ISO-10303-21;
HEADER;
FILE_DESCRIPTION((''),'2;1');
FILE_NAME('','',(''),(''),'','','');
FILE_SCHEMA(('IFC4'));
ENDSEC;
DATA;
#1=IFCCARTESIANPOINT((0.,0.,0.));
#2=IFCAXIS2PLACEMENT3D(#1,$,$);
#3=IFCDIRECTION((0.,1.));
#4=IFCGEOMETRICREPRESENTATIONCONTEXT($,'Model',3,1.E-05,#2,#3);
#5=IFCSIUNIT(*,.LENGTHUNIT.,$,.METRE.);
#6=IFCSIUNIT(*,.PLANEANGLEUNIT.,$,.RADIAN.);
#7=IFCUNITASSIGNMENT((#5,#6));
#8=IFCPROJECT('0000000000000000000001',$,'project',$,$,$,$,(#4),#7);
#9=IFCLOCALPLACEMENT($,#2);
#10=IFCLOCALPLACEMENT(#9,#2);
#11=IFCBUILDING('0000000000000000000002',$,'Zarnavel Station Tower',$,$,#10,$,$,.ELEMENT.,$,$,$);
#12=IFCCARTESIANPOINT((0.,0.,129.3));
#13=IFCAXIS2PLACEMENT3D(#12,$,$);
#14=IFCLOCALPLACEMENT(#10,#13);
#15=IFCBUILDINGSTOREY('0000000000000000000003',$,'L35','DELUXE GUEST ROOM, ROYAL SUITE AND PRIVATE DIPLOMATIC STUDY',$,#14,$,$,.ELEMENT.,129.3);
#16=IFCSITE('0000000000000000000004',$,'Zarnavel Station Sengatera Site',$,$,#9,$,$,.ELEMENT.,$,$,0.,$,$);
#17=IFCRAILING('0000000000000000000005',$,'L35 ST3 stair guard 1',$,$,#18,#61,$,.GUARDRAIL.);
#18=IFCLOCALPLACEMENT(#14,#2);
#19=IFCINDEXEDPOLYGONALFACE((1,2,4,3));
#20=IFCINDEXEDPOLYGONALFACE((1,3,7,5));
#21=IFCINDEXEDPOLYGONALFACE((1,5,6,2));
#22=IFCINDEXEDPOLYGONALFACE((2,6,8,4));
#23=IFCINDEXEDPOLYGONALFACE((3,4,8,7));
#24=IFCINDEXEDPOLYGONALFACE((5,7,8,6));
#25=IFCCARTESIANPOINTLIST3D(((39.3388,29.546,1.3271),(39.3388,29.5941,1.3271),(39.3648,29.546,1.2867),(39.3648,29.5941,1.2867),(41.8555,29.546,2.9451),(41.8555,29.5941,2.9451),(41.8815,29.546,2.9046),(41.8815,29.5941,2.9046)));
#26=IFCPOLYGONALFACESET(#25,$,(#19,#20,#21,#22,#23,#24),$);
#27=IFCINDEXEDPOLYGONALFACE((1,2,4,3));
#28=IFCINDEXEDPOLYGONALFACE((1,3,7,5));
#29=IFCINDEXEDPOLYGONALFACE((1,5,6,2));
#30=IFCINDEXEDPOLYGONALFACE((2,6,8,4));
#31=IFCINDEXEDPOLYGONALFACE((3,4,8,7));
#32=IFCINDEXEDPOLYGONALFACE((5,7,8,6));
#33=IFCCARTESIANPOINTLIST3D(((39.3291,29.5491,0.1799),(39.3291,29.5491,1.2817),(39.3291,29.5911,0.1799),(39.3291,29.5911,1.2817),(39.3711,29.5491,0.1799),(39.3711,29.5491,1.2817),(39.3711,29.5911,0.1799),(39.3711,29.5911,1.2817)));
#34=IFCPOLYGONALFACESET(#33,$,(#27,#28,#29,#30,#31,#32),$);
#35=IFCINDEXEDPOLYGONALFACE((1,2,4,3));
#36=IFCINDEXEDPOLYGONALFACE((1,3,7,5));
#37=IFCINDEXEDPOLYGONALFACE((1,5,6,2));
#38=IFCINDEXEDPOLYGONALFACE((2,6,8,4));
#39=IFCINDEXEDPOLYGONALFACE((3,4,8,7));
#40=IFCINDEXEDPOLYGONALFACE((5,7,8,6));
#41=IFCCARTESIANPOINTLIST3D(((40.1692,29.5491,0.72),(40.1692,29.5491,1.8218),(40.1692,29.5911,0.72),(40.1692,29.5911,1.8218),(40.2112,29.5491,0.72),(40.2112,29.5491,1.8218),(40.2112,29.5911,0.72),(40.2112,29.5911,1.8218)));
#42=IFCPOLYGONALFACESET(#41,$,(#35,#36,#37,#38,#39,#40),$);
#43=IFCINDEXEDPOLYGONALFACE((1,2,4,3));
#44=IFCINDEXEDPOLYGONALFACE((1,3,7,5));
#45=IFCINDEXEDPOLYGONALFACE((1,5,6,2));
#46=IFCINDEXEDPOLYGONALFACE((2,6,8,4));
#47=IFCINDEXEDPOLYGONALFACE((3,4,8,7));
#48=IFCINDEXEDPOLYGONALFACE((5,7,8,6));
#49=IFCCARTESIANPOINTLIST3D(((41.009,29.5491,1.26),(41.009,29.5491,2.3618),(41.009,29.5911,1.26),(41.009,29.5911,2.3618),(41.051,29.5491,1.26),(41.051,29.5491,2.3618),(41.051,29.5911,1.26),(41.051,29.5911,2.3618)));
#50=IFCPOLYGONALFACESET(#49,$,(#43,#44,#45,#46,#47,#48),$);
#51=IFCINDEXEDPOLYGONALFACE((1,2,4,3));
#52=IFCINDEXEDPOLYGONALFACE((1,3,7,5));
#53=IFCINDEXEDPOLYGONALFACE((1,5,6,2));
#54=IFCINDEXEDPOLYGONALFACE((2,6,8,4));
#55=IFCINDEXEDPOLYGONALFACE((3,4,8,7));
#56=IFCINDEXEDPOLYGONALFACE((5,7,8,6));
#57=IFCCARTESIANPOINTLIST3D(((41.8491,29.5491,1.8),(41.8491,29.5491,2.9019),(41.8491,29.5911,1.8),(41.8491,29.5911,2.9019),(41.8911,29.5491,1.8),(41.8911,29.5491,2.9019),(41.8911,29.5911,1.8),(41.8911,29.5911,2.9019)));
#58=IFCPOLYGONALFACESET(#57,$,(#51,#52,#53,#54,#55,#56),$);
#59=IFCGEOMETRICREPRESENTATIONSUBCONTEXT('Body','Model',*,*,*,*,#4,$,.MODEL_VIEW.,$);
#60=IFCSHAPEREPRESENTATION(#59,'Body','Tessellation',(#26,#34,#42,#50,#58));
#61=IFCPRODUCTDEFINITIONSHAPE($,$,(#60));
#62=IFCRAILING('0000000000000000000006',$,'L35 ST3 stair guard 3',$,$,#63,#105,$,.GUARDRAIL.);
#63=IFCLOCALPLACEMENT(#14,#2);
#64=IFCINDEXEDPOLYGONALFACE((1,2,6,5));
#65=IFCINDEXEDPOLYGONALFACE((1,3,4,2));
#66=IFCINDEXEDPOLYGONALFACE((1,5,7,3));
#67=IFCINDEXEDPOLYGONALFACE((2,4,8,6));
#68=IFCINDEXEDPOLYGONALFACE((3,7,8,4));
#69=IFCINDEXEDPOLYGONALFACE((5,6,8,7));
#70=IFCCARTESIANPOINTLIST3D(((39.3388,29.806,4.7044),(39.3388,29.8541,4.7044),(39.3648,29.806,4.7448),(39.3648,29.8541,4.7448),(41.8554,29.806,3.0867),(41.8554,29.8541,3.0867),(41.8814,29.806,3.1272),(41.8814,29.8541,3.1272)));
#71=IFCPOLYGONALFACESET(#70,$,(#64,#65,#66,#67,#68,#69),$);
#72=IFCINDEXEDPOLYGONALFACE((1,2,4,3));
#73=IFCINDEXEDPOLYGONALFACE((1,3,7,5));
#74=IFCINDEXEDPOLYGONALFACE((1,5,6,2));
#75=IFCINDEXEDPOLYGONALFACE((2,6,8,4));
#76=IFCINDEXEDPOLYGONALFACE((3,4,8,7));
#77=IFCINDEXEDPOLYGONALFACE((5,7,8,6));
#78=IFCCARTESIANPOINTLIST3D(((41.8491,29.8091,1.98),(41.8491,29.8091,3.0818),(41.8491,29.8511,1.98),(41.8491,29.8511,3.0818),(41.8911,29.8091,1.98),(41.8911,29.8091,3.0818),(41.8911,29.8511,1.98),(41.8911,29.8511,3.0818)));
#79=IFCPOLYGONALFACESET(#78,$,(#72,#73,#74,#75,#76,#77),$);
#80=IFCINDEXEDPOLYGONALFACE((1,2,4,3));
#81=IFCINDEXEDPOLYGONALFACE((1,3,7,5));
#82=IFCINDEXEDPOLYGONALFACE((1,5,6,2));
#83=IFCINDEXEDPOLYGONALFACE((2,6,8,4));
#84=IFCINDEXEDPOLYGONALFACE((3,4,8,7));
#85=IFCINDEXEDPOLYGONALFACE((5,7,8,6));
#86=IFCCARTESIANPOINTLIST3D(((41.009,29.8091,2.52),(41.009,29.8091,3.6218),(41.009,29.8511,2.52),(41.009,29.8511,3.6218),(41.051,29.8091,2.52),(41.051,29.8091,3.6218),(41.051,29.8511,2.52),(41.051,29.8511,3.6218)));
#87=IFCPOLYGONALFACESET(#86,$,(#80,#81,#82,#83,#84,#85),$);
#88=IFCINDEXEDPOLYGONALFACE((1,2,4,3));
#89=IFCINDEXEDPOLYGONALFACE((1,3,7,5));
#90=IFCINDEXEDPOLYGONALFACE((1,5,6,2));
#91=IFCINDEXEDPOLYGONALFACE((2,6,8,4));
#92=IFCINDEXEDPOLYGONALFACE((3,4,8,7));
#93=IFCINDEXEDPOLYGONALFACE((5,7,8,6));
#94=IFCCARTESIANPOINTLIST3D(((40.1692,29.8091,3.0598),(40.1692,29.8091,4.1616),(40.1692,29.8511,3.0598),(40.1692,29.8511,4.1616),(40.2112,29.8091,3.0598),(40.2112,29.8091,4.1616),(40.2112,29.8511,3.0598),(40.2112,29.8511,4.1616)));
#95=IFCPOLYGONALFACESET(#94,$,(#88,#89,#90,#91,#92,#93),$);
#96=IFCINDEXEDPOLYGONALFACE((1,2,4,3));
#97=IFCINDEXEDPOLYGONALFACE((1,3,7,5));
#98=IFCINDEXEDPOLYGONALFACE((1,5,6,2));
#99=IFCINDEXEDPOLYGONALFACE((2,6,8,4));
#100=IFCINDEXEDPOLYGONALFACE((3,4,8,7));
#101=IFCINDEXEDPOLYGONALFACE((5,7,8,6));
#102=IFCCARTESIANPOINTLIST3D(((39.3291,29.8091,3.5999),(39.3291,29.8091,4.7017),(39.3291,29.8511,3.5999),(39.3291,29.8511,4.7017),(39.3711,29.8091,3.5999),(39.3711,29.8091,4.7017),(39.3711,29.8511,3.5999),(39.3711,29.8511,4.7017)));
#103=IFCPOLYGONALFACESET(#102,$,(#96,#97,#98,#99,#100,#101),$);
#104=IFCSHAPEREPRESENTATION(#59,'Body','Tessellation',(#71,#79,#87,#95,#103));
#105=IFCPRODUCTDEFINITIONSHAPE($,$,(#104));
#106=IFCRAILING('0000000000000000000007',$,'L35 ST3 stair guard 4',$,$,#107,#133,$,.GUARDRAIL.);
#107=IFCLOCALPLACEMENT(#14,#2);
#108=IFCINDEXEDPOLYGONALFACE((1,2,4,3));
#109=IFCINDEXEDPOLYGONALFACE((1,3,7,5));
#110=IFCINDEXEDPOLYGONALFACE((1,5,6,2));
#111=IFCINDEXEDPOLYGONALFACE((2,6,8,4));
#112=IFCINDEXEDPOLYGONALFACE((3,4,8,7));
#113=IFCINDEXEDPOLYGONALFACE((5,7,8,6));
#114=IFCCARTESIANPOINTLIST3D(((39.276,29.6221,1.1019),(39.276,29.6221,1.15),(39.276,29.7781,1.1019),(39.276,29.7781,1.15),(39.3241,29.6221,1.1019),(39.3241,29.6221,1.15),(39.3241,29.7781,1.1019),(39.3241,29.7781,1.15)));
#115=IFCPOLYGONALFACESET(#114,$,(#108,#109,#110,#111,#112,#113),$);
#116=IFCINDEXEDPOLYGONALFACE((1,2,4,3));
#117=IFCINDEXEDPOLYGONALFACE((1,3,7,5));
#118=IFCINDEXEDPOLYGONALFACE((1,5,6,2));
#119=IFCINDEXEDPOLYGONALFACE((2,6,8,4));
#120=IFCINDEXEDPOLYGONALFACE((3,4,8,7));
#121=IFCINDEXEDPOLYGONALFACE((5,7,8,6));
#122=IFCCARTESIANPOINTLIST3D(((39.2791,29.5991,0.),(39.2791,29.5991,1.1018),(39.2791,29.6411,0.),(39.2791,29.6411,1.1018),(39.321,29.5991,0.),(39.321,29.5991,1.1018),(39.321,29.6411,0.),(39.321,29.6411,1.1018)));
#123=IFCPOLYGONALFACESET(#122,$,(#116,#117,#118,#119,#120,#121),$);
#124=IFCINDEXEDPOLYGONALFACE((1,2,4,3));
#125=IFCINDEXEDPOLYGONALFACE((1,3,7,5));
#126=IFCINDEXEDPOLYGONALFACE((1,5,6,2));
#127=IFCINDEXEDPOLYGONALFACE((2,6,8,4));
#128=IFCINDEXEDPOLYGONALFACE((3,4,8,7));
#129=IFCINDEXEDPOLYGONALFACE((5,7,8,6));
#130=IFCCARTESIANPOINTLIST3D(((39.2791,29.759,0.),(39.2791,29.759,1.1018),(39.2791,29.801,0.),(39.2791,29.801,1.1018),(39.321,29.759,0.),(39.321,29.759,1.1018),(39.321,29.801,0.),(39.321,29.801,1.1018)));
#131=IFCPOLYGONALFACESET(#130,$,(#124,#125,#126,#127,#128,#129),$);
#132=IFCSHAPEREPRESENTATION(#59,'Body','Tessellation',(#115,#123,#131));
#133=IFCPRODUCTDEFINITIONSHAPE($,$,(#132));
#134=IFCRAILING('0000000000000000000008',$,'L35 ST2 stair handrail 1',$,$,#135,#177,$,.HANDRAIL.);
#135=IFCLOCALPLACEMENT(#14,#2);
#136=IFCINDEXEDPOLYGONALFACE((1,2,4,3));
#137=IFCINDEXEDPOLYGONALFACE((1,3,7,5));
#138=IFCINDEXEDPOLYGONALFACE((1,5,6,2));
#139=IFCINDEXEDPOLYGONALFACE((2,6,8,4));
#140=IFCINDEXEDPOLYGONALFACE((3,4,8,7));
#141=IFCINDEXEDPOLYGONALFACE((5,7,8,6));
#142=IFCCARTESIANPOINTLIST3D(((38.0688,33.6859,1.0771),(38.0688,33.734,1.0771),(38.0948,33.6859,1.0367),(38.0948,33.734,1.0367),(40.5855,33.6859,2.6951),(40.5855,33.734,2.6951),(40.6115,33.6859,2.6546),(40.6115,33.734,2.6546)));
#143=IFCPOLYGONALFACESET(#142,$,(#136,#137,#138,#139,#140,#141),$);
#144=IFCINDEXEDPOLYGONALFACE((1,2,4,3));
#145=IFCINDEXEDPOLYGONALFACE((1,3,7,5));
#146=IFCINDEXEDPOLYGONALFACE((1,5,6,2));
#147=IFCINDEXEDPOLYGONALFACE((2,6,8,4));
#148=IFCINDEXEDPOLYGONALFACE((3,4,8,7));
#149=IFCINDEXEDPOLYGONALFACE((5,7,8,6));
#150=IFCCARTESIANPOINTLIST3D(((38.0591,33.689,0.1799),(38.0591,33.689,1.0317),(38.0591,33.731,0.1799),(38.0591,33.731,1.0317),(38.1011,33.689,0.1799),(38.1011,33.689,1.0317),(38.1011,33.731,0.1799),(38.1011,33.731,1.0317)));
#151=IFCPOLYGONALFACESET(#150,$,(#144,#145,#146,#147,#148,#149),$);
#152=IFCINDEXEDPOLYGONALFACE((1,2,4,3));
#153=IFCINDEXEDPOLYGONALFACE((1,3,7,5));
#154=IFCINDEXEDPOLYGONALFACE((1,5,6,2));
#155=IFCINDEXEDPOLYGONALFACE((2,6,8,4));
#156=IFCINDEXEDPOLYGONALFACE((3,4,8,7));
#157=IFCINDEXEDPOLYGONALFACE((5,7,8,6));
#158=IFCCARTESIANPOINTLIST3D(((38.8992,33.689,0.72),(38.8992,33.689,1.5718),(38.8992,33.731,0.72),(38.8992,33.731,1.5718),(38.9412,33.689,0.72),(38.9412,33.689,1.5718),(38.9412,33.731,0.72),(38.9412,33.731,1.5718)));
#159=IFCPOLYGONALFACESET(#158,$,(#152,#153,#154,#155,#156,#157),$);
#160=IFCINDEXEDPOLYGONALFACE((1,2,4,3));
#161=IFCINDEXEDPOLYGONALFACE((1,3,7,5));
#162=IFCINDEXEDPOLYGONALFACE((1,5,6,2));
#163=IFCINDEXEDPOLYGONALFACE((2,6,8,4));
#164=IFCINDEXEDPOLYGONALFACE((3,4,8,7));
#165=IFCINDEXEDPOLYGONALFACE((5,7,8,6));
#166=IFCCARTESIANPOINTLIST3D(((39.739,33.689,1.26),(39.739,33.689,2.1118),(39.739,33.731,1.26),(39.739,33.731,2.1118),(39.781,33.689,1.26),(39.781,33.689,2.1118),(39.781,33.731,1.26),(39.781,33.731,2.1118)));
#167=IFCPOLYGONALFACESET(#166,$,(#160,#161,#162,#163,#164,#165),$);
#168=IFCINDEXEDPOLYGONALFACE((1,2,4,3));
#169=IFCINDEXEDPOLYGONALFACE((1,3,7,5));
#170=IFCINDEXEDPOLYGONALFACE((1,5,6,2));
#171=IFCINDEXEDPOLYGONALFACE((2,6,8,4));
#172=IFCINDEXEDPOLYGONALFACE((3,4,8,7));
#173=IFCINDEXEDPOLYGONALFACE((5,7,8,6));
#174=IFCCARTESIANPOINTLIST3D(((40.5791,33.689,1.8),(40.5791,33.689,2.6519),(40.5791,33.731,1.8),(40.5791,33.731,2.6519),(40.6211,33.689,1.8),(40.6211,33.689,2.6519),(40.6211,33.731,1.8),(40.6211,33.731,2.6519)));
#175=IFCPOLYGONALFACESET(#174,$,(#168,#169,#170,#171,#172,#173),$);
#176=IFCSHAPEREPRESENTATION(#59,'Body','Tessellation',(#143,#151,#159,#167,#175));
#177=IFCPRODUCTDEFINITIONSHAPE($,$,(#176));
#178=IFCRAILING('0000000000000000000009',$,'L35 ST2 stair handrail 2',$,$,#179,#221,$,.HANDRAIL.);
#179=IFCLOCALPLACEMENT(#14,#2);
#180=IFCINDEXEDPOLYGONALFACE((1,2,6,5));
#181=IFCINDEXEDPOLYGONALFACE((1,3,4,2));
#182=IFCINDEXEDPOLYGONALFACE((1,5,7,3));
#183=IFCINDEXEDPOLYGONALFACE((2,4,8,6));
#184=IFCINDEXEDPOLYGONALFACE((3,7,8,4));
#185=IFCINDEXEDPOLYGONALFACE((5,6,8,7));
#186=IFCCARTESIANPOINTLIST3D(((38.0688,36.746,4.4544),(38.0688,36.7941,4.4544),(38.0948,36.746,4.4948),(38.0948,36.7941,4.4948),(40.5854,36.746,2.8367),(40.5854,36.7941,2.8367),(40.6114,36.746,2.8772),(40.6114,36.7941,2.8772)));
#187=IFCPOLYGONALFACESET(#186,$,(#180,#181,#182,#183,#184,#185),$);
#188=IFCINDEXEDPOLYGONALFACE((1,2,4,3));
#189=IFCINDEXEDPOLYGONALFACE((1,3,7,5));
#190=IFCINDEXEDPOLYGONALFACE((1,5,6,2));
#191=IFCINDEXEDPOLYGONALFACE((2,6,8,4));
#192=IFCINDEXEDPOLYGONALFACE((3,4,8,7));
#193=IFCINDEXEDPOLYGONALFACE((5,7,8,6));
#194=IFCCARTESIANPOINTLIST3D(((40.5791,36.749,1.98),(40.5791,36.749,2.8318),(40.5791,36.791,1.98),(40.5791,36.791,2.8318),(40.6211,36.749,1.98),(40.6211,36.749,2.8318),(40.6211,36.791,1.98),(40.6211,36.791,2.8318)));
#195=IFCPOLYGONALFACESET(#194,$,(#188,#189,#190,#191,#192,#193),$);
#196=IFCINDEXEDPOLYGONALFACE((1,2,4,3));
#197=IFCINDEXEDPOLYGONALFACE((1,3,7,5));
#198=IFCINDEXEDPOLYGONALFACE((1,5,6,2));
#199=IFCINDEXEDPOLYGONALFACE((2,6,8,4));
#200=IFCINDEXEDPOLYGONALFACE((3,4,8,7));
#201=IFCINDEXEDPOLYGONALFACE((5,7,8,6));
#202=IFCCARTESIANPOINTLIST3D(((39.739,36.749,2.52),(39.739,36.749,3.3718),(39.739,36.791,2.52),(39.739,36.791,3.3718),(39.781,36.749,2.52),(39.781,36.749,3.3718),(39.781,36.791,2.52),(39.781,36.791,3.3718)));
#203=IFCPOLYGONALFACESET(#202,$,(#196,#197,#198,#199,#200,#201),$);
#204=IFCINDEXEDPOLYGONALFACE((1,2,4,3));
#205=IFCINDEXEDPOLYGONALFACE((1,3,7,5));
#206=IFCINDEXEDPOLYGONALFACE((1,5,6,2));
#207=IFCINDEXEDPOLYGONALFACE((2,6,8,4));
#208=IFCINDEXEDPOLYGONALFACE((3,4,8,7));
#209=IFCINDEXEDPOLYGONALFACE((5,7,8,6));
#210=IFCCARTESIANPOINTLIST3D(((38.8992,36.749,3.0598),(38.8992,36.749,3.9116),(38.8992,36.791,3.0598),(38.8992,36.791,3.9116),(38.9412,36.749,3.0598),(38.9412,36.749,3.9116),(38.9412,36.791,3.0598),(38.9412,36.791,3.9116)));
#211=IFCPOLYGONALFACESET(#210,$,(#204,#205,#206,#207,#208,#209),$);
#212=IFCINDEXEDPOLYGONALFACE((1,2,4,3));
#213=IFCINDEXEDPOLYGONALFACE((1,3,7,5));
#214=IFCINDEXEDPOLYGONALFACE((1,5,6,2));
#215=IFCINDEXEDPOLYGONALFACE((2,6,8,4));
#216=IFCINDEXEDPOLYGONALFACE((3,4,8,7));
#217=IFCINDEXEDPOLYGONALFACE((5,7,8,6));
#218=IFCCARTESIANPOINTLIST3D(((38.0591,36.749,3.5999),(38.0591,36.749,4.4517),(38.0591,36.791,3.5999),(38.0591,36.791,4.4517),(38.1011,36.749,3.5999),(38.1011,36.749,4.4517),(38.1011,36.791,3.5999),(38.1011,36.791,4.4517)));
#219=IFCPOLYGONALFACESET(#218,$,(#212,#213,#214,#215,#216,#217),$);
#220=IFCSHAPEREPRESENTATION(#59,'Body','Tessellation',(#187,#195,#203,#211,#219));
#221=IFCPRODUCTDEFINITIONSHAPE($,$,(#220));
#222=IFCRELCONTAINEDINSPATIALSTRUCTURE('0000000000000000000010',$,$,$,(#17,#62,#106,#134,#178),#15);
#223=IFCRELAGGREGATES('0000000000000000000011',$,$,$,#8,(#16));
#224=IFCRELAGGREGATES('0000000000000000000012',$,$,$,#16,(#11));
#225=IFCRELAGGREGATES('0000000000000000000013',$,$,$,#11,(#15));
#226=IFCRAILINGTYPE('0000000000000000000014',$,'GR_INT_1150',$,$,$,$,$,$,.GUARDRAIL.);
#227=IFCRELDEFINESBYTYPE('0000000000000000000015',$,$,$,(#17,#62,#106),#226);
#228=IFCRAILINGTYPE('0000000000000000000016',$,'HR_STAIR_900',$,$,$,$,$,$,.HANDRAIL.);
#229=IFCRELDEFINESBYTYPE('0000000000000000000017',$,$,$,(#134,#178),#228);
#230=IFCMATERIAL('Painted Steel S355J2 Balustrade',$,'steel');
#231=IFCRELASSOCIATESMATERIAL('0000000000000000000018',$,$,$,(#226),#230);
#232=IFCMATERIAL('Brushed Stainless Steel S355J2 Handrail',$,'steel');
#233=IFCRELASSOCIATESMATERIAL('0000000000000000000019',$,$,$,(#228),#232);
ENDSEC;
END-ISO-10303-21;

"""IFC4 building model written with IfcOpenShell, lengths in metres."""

from ifc_helpers import new_model, si_unit, direction, frame, origin, origin_2d, place, context, subcontext, project, spatial, rectangle, extrude, material, type_object, element, save


model = new_model("IFC4")

# Units and contexts
model_context = context("Model", 3, precision=1e-05, world=origin(), true_north=direction((0.0, 1.0)))
body_context = subcontext(model_context, "Body", "Model", "MODEL_VIEW")
ifc_project = project(units=[si_unit("LENGTHUNIT", "METRE"), si_unit("PLANEANGLEUNIT", "RADIAN")], contexts=[model_context])

# Site, building, storey
site_placement = place(None, origin())
site = spatial("IfcSite", under=ifc_project, at=site_placement, Name="Zarnavel Station Sengatera Site", CompositionType="ELEMENT", RefElevation=0.0)
building_placement = place(site_placement, origin())
building = spatial("IfcBuilding", under=site, at=building_placement, Name="Zarnavel Station Tower", CompositionType="ELEMENT")
storey_placement = place(building_placement, frame((0.0, 0.0, 129.3)))
storey = spatial("IfcBuildingStorey", under=building, at=storey_placement, Name="L35", Description="DELUXE GUEST ROOM, ROYAL SUITE AND PRIVATE DIPLOMATIC STUDY", CompositionType="ELEMENT", Elevation=129.3)

# Railings
ifc_material_1 = material(Name="Painted Steel S355J2 Balustrade", Category="steel")
railing_type_1 = type_object("IfcRailingType", Name="GR_INT_1150", PredefinedType="GUARDRAIL", material=ifc_material_1)
railing_1_placement = place(storey_placement, frame((39.3501, 29.5701, 0.1799)))
element("IfcRailing", 1, at=railing_1_placement, inside=storey, type_object=railing_type_1, Name="L35 ST3 stair guard 1", PredefinedType="GUARDRAIL", context=body_context, shape_type="SweptSolid", body=[
    extrude(rectangle(XDim=0.0481, YDim=0.0481, at=origin_2d()), frame((0.0017, 0.0, 1.127), z_axis=(0.841163, 0.0, 0.540782), x_axis=(0.0, 1.0, 0.0)), (0.0, 0.0, 1.0), 2.9919),
    extrude(rectangle(XDim=0.042, YDim=0.042, at=origin_2d()), origin(), (0.0, 0.0, 1.0), 1.1018),
    extrude(rectangle(XDim=0.042, YDim=0.042, at=origin_2d()), frame((0.8401, 0.0, 0.54)), (0.0, 0.0, 1.0), 1.1018),
    extrude(rectangle(XDim=0.042, YDim=0.042, at=origin_2d()), frame((1.6799, 0.0, 1.0801)), (0.0, 0.0, 1.0), 1.1018),
    extrude(rectangle(XDim=0.042, YDim=0.042, at=origin_2d()), frame((2.52, 0.0, 1.6201)), (0.0, 0.0, 1.0), 1.1018),
])
railing_2_placement = place(storey_placement, frame((41.8701, 29.8301, 1.98)))
element("IfcRailing", 2, at=railing_2_placement, inside=storey, type_object=railing_type_1, Name="L35 ST3 stair guard 3", PredefinedType="GUARDRAIL", context=body_context, shape_type="SweptSolid", body=[
    extrude(rectangle(XDim=0.0481, YDim=0.0481, at=origin_2d()), frame((-0.0017, 0.0, 1.127), z_axis=(-0.8412, 0.0, 0.540725), x_axis=(0.0, -1.0, 0.0)), (0.0, 0.0, 1.0), 2.9917),
    extrude(rectangle(XDim=0.042, YDim=0.042, at=origin_2d()), origin(), (0.0, 0.0, 1.0), 1.1018),
    extrude(rectangle(XDim=0.042, YDim=0.042, at=origin_2d()), frame((-0.8401, 0.0, 0.54)), (0.0, 0.0, 1.0), 1.1018),
    extrude(rectangle(XDim=0.042, YDim=0.042, at=origin_2d()), frame((-1.6799, 0.0, 1.0798)), (0.0, 0.0, 1.0), 1.1018),
    extrude(rectangle(XDim=0.042, YDim=0.042, at=origin_2d()), frame((-2.52, 0.0, 1.6199)), (0.0, 0.0, 1.0), 1.1018),
])
railing_3_placement = place(storey_placement, frame((39.3, 29.6201, 0.0)))
element("IfcRailing", 3, at=railing_3_placement, inside=storey, type_object=railing_type_1, Name="L35 ST3 stair guard 4", PredefinedType="GUARDRAIL", context=body_context, shape_type="SweptSolid", body=[
    extrude(rectangle(XDim=0.0481, YDim=0.0481, at=origin_2d()), frame((0.0, 0.002, 1.126), z_axis=(0.0, 1.0, 0.0), x_axis=(-1.0, 0.0, 0.0)), (0.0, 0.0, 1.0), 0.156),
    extrude(rectangle(XDim=0.042, YDim=0.042, at=origin_2d()), origin(), (0.0, 0.0, 1.0), 1.1018),
    extrude(rectangle(XDim=0.042, YDim=0.042, at=origin_2d()), frame((0.0, 0.1599, 0.0)), (0.0, 0.0, 1.0), 1.1018),
])
ifc_material_2 = material(Name="Brushed Stainless Steel S355J2 Handrail", Category="steel")
railing_type_2 = type_object("IfcRailingType", Name="HR_STAIR_900", PredefinedType="HANDRAIL", material=ifc_material_2)
railing_4_placement = place(storey_placement, frame((38.0801, 33.71, 0.1799)))
element("IfcRailing", 4, at=railing_4_placement, inside=storey, type_object=railing_type_2, Name="L35 ST2 stair handrail 1", PredefinedType="HANDRAIL", context=body_context, shape_type="SweptSolid", body=[
    extrude(rectangle(XDim=0.0481, YDim=0.0481, at=origin_2d()), frame((0.0017, 0.0, 0.877), z_axis=(0.841163, 0.0, 0.540782), x_axis=(0.0, 1.0, 0.0)), (0.0, 0.0, 1.0), 2.9919),
    extrude(rectangle(XDim=0.042, YDim=0.042, at=origin_2d()), origin(), (0.0, 0.0, 1.0), 0.8518),
    extrude(rectangle(XDim=0.042, YDim=0.042, at=origin_2d()), frame((0.8401, 0.0, 0.54)), (0.0, 0.0, 1.0), 0.8518),
    extrude(rectangle(XDim=0.042, YDim=0.042, at=origin_2d()), frame((1.6799, 0.0, 1.0801)), (0.0, 0.0, 1.0), 0.8518),
    extrude(rectangle(XDim=0.042, YDim=0.042, at=origin_2d()), frame((2.52, 0.0, 1.6201)), (0.0, 0.0, 1.0), 0.8518),
])
railing_5_placement = place(storey_placement, frame((40.6001, 36.77, 1.98)))
element("IfcRailing", 5, at=railing_5_placement, inside=storey, type_object=railing_type_2, Name="L35 ST2 stair handrail 2", PredefinedType="HANDRAIL", context=body_context, shape_type="SweptSolid", body=[
    extrude(rectangle(XDim=0.0481, YDim=0.0481, at=origin_2d()), frame((-0.0017, 0.0, 0.877), z_axis=(-0.8412, 0.0, 0.540725), x_axis=(0.0, -1.0, 0.0)), (0.0, 0.0, 1.0), 2.9917),
    extrude(rectangle(XDim=0.042, YDim=0.042, at=origin_2d()), origin(), (0.0, 0.0, 1.0), 0.8518),
    extrude(rectangle(XDim=0.042, YDim=0.042, at=origin_2d()), frame((-0.8401, 0.0, 0.54)), (0.0, 0.0, 1.0), 0.8518),
    extrude(rectangle(XDim=0.042, YDim=0.042, at=origin_2d()), frame((-1.6799, 0.0, 1.0798)), (0.0, 0.0, 1.0), 0.8518),
    extrude(rectangle(XDim=0.042, YDim=0.042, at=origin_2d()), frame((-2.52, 0.0, 1.6199)), (0.0, 0.0, 1.0), 0.8518),
])

save(model, "model.ifc")
